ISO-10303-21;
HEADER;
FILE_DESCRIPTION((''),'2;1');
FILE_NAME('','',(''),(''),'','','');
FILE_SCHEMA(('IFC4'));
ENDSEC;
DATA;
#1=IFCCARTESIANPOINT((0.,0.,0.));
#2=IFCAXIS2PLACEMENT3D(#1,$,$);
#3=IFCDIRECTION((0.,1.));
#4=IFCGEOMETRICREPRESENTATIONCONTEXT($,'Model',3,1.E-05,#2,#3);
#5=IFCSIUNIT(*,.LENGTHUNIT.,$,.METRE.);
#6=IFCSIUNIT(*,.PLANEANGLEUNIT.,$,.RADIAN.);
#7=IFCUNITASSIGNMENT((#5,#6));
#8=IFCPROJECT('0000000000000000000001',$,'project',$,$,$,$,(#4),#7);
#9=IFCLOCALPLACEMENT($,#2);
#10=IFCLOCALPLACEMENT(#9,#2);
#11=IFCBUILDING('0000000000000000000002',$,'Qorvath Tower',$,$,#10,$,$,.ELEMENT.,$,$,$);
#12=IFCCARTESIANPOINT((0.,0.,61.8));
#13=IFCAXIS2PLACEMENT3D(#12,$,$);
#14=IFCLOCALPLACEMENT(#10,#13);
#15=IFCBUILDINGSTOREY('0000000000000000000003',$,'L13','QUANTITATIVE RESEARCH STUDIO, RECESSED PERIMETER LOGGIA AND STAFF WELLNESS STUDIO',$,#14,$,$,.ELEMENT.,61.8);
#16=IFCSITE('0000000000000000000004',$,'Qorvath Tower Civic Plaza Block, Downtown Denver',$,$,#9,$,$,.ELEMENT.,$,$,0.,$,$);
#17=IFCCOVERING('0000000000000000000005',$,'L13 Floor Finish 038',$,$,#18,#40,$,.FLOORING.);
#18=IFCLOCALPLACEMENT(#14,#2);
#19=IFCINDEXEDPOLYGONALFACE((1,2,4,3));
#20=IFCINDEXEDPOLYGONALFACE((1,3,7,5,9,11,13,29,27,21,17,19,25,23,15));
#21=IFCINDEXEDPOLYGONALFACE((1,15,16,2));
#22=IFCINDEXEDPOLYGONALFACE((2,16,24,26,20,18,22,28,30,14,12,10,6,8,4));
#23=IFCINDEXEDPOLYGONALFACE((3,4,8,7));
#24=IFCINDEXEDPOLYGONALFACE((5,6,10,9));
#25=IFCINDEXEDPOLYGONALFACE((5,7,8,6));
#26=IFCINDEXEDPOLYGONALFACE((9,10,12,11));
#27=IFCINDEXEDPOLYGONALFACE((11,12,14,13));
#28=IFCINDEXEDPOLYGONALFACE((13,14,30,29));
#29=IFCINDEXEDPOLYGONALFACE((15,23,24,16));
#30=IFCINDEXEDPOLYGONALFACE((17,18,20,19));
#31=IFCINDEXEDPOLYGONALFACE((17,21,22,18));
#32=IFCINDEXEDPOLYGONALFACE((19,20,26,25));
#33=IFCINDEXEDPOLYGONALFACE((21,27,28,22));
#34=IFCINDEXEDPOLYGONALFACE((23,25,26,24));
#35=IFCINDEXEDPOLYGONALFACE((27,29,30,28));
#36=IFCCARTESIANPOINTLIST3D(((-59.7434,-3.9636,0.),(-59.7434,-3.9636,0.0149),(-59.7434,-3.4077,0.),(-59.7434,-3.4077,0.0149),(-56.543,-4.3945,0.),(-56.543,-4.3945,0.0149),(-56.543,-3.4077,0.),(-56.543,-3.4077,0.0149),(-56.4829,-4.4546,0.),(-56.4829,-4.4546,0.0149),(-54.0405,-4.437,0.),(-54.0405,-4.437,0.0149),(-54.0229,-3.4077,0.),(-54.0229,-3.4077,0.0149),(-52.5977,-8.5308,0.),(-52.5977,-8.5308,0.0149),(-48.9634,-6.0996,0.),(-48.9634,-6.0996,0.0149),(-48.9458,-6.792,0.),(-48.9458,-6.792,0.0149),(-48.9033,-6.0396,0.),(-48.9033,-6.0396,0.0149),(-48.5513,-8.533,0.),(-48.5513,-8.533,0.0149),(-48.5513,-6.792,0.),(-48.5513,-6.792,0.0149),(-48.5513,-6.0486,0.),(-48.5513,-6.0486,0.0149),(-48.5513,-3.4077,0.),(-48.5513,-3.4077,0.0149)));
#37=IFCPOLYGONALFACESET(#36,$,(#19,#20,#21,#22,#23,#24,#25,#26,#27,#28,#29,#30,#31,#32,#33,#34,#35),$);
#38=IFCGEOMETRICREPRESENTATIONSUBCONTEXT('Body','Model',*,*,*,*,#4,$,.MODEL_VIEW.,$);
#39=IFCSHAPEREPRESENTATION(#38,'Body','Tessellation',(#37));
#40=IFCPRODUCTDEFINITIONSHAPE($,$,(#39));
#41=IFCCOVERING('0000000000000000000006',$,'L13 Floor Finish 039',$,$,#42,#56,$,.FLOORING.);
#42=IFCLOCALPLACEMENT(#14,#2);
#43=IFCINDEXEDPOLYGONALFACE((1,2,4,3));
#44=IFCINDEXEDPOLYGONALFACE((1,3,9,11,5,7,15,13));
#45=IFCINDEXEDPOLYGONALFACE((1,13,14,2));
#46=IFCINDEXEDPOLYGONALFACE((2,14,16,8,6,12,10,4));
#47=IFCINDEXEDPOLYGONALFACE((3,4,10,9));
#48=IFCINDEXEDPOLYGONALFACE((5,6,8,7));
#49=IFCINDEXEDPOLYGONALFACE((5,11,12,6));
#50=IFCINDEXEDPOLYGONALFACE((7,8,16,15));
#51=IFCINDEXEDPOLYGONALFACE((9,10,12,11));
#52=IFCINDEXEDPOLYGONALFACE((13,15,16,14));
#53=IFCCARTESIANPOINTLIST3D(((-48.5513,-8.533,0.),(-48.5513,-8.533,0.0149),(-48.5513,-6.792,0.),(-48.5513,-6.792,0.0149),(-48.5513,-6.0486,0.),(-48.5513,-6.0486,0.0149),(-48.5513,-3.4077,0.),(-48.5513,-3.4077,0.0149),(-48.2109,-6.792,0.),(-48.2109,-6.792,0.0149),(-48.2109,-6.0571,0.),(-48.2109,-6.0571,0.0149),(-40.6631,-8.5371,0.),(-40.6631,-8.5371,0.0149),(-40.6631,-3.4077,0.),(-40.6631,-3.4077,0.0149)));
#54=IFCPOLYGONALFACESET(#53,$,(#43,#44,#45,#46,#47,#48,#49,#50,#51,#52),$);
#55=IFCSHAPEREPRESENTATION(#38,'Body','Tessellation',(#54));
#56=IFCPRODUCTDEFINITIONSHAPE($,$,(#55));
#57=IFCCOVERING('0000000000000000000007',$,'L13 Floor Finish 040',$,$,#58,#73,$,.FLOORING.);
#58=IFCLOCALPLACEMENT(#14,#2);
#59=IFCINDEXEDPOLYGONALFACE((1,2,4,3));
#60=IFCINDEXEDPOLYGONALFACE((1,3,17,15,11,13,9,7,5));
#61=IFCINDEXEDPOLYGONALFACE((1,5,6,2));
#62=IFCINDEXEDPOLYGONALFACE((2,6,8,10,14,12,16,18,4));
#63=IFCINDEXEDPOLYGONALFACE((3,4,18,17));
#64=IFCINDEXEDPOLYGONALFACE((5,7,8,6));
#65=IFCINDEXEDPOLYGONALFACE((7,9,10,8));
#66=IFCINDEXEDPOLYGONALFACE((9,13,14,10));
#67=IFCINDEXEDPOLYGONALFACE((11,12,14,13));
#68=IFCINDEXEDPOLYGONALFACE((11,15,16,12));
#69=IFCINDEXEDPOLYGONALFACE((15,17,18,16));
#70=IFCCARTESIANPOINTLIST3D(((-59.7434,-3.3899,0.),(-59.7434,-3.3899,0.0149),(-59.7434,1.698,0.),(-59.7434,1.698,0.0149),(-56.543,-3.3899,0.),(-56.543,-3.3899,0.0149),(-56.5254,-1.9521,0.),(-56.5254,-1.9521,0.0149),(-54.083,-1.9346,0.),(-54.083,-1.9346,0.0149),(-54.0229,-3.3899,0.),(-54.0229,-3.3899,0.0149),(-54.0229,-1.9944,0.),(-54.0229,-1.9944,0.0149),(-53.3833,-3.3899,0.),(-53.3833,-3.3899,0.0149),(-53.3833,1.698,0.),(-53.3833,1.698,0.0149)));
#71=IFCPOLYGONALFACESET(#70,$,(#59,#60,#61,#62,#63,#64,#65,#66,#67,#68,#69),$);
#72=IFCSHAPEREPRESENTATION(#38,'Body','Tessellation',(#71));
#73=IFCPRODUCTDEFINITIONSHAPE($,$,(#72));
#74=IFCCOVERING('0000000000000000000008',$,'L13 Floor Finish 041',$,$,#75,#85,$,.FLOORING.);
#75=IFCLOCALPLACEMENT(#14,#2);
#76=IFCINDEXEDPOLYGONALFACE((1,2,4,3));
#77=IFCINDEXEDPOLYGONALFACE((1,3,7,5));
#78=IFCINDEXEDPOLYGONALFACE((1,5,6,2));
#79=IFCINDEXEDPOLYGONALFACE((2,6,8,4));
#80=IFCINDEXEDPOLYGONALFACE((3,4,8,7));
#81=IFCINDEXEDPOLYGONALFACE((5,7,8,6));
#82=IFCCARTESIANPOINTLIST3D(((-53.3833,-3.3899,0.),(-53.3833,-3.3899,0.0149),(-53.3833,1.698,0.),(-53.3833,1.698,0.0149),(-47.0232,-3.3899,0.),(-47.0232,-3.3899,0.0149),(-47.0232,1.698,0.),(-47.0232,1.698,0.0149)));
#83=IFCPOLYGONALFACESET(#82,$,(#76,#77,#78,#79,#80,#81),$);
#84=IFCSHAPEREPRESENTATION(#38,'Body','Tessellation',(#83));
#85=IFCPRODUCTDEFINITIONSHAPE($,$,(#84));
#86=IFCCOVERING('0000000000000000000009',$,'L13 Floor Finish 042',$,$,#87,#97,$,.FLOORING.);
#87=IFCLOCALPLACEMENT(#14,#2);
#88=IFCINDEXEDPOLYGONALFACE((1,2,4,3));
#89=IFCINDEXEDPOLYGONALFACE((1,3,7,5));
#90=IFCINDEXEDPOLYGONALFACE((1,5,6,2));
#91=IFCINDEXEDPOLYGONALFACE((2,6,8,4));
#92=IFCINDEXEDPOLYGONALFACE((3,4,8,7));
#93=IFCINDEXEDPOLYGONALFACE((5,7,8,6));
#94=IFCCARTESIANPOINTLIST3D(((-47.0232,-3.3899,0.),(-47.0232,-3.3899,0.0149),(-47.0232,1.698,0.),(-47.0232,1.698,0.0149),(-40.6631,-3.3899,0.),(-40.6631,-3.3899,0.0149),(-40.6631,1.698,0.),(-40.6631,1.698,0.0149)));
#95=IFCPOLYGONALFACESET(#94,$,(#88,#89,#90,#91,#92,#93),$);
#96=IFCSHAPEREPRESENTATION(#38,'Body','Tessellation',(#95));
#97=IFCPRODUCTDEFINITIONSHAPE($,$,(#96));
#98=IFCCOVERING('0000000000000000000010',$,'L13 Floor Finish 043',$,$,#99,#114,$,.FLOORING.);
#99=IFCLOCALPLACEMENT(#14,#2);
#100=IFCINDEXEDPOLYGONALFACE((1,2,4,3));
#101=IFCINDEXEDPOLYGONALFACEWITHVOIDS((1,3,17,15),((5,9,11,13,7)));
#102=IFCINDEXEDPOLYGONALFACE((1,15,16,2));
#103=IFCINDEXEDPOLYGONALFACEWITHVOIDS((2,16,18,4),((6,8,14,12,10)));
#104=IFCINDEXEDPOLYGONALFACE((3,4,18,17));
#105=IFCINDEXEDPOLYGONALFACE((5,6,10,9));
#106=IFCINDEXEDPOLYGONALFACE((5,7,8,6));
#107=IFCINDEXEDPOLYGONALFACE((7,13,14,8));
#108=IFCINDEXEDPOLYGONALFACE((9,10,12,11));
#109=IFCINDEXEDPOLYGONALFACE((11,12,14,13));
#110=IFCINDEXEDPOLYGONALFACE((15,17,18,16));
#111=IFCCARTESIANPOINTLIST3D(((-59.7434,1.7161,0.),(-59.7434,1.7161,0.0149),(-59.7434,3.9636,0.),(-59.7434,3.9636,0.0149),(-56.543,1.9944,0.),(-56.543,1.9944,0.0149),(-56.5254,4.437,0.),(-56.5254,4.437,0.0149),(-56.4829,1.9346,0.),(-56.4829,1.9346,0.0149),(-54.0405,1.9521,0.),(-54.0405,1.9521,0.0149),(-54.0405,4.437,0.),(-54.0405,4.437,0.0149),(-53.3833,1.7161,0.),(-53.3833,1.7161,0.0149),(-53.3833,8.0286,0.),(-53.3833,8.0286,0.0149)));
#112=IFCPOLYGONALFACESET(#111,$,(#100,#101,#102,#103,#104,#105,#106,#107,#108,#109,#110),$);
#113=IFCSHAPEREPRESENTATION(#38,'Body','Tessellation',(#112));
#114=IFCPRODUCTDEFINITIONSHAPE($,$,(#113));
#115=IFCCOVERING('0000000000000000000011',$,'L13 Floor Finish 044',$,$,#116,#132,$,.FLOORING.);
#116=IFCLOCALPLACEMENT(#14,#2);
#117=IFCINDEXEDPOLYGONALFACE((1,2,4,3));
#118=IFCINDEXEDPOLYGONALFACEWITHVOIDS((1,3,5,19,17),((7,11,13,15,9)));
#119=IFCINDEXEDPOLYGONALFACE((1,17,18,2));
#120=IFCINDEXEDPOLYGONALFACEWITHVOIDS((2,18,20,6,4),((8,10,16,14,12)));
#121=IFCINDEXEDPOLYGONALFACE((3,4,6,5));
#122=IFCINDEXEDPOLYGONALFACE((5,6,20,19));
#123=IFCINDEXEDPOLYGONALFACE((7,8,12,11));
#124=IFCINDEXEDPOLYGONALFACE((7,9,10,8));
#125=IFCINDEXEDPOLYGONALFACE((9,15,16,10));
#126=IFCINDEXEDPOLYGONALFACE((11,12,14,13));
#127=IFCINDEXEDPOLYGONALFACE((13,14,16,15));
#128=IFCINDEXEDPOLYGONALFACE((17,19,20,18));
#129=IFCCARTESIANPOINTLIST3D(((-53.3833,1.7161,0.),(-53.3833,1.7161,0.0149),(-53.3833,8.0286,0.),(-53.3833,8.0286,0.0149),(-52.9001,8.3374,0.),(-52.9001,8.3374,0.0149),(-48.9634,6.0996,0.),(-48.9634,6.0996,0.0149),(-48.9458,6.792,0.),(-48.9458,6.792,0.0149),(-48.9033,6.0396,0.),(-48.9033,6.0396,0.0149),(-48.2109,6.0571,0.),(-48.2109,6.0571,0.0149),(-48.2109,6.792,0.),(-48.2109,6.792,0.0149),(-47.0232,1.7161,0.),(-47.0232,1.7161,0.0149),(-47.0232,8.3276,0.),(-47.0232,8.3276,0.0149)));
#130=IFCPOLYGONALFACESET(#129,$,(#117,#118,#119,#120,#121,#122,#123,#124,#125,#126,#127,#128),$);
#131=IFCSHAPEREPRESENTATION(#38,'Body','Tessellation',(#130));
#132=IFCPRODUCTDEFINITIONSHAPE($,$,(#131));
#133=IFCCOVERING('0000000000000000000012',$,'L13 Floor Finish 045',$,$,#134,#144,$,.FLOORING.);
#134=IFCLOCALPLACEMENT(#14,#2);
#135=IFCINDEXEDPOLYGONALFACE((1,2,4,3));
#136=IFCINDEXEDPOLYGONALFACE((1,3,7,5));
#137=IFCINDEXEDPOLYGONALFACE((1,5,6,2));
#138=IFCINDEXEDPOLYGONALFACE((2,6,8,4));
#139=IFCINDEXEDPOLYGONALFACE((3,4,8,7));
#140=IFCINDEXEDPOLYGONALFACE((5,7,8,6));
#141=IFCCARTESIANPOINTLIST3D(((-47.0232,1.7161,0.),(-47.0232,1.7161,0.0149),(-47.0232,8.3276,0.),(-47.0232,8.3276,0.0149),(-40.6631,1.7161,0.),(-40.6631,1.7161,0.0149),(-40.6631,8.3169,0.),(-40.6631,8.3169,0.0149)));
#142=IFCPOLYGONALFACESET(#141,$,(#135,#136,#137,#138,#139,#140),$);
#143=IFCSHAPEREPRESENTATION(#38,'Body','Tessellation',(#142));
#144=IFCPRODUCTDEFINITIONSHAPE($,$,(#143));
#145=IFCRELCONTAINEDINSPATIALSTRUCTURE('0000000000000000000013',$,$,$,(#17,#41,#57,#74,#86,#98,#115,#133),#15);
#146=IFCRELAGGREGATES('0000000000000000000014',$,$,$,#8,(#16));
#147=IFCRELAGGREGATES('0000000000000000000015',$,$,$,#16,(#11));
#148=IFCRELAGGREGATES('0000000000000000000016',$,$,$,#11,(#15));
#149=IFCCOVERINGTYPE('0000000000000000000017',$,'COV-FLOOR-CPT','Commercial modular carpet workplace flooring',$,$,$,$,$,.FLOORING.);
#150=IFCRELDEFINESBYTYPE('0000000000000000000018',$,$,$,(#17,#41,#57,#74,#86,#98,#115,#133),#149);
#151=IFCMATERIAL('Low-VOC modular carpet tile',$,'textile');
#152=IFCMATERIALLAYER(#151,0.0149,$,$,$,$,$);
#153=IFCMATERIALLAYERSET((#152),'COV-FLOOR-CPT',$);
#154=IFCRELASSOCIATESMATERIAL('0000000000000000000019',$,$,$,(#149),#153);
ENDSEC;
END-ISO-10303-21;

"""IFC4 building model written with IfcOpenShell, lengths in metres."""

from ifc_helpers import new_model, si_unit, direction, frame, origin, place, context, subcontext, project, spatial, polyline, outline, extrude, material, layer, layer_set, type_object, element, save


model = new_model("IFC4")

# Units and contexts
model_context = context("Model", 3, precision=1e-05, world=origin(), true_north=direction((0.0, 1.0)))
body_context = subcontext(model_context, "Body", "Model", "MODEL_VIEW")
ifc_project = project(units=[si_unit("LENGTHUNIT", "METRE"), si_unit("PLANEANGLEUNIT", "RADIAN")], contexts=[model_context])

# Site, building, storey
site_placement = place(None, origin())
site = spatial("IfcSite", under=ifc_project, at=site_placement, Name="Qorvath Tower Civic Plaza Block, Downtown Denver", CompositionType="ELEMENT", RefElevation=0.0)
building_placement = place(site_placement, origin())
building = spatial("IfcBuilding", under=site, at=building_placement, Name="Qorvath Tower", CompositionType="ELEMENT")
storey_placement = place(building_placement, frame((0.0, 0.0, 61.8)))
storey = spatial("IfcBuildingStorey", under=building, at=storey_placement, Name="L13", Description="QUANTITATIVE RESEARCH STUDIO, RECESSED PERIMETER LOGGIA AND STAFF WELLNESS STUDIO", CompositionType="ELEMENT", Elevation=61.8)

# Coverings
ifc_material_1 = material(Name="Low-VOC modular carpet tile", Category="textile")
ifc_layer_1 = layer(ifc_material_1, 0.0149)
ifc_layer_set_1 = layer_set([ifc_layer_1], Name="COV-FLOOR-CPT")
covering_type_1 = type_object("IfcCoveringType", Name="COV-FLOOR-CPT", Description="Commercial modular carpet workplace flooring", PredefinedType="FLOORING", material=ifc_layer_set_1)
covering_1_placement = place(storey_placement, origin())
element("IfcCovering", 1, at=covering_1_placement, inside=storey, type_object=covering_type_1, Name="L13 Floor Finish 038", PredefinedType="FLOORING", context=body_context, shape_type="SweptSolid", body=[
    extrude(outline(polyline([(-48.5513, -8.533), (-48.5513, -6.792), (-48.9458, -6.792), (-48.9634, -6.0996), (-48.9033, -6.0396), (-48.5513, -6.0486), (-48.5513, -3.4077), (-54.0229, -3.4077), (-54.0405, -4.437), (-56.4829, -4.4546), (-56.543, -4.3945), (-56.543, -3.4077), (-59.7434, -3.4077), (-59.7434, -3.9636), (-52.5977, -8.5308), (-48.5513, -8.533)])), origin(), (0.0, 0.0, 1.0), 0.0149),
])
covering_2_placement = place(storey_placement, origin())
element("IfcCovering", 2, at=covering_2_placement, inside=storey, type_object=covering_type_1, Name="L13 Floor Finish 039", PredefinedType="FLOORING", context=body_context, shape_type="SweptSolid", body=[
    extrude(outline(polyline([(-40.6631, -8.5371), (-40.6631, -3.4077), (-48.5513, -3.4077), (-48.5513, -6.0486), (-48.2109, -6.0571), (-48.2109, -6.792), (-48.5513, -6.792), (-48.5513, -8.533), (-40.6631, -8.5371)])), origin(), (0.0, 0.0, 1.0), 0.0149),
])
covering_3_placement = place(storey_placement, origin())
element("IfcCovering", 3, at=covering_3_placement, inside=storey, type_object=covering_type_1, Name="L13 Floor Finish 040", PredefinedType="FLOORING", context=body_context, shape_type="SweptSolid", body=[
    extrude(outline(polyline([(-54.0229, -3.3899), (-53.3833, -3.3899), (-53.3833, 1.698), (-59.7434, 1.698), (-59.7434, -3.3899), (-56.543, -3.3899), (-56.5254, -1.9521), (-54.083, -1.9346), (-54.0229, -1.9944), (-54.0229, -3.3899)])), origin(), (0.0, 0.0, 1.0), 0.0149),
])
covering_4_placement = place(storey_placement, origin())
element("IfcCovering", 4, at=covering_4_placement, inside=storey, type_object=covering_type_1, Name="L13 Floor Finish 041", PredefinedType="FLOORING", context=body_context, shape_type="SweptSolid", body=[
    extrude(outline(polyline([(-53.3833, 1.698), (-53.3833, -3.3899), (-47.0232, -3.3899), (-47.0232, 1.698), (-53.3833, 1.698)])), origin(), (0.0, 0.0, 1.0), 0.0149),
])
covering_5_placement = place(storey_placement, origin())
element("IfcCovering", 5, at=covering_5_placement, inside=storey, type_object=covering_type_1, Name="L13 Floor Finish 042", PredefinedType="FLOORING", context=body_context, shape_type="SweptSolid", body=[
    extrude(outline(polyline([(-47.0232, 1.698), (-47.0232, -3.3899), (-40.6631, -3.3899), (-40.6631, 1.698), (-47.0232, 1.698)])), origin(), (0.0, 0.0, 1.0), 0.0149),
])
covering_6_placement = place(storey_placement, origin())
element("IfcCovering", 6, at=covering_6_placement, inside=storey, type_object=covering_type_1, Name="L13 Floor Finish 043", PredefinedType="FLOORING", context=body_context, shape_type="SweptSolid", body=[
    extrude(outline(polyline([(-53.3833, 1.7161), (-53.3833, 8.0286), (-59.7434, 3.9636), (-59.7434, 1.7161), (-53.3833, 1.7161)]), holes=[polyline([(-56.543, 1.9944), (-56.5254, 4.437), (-54.0405, 4.437), (-54.0405, 1.9521), (-56.4829, 1.9346), (-56.543, 1.9944)])]), origin(), (0.0, 0.0, 1.0), 0.0149),
])
covering_7_placement = place(storey_placement, origin())
element("IfcCovering", 7, at=covering_7_placement, inside=storey, type_object=covering_type_1, Name="L13 Floor Finish 044", PredefinedType="FLOORING", context=body_context, shape_type="SweptSolid", body=[
    extrude(outline(polyline([(-47.0232, 1.7161), (-47.0232, 8.3276), (-52.9001, 8.3374), (-53.3833, 8.0286), (-53.3833, 1.7161), (-47.0232, 1.7161)]), holes=[polyline([(-48.9634, 6.0996), (-48.9458, 6.792), (-48.2109, 6.792), (-48.2109, 6.0571), (-48.9033, 6.0396), (-48.9634, 6.0996)])]), origin(), (0.0, 0.0, 1.0), 0.0149),
])
covering_8_placement = place(storey_placement, origin())
element("IfcCovering", 8, at=covering_8_placement, inside=storey, type_object=covering_type_1, Name="L13 Floor Finish 045", PredefinedType="FLOORING", context=body_context, shape_type="SweptSolid", body=[
    extrude(outline(polyline([(-40.6631, 1.7161), (-40.6631, 8.3169), (-47.0232, 8.3276), (-47.0232, 1.7161), (-40.6631, 1.7161)])), origin(), (0.0, 0.0, 1.0), 0.0149),
])

save(model, "model.ifc")
